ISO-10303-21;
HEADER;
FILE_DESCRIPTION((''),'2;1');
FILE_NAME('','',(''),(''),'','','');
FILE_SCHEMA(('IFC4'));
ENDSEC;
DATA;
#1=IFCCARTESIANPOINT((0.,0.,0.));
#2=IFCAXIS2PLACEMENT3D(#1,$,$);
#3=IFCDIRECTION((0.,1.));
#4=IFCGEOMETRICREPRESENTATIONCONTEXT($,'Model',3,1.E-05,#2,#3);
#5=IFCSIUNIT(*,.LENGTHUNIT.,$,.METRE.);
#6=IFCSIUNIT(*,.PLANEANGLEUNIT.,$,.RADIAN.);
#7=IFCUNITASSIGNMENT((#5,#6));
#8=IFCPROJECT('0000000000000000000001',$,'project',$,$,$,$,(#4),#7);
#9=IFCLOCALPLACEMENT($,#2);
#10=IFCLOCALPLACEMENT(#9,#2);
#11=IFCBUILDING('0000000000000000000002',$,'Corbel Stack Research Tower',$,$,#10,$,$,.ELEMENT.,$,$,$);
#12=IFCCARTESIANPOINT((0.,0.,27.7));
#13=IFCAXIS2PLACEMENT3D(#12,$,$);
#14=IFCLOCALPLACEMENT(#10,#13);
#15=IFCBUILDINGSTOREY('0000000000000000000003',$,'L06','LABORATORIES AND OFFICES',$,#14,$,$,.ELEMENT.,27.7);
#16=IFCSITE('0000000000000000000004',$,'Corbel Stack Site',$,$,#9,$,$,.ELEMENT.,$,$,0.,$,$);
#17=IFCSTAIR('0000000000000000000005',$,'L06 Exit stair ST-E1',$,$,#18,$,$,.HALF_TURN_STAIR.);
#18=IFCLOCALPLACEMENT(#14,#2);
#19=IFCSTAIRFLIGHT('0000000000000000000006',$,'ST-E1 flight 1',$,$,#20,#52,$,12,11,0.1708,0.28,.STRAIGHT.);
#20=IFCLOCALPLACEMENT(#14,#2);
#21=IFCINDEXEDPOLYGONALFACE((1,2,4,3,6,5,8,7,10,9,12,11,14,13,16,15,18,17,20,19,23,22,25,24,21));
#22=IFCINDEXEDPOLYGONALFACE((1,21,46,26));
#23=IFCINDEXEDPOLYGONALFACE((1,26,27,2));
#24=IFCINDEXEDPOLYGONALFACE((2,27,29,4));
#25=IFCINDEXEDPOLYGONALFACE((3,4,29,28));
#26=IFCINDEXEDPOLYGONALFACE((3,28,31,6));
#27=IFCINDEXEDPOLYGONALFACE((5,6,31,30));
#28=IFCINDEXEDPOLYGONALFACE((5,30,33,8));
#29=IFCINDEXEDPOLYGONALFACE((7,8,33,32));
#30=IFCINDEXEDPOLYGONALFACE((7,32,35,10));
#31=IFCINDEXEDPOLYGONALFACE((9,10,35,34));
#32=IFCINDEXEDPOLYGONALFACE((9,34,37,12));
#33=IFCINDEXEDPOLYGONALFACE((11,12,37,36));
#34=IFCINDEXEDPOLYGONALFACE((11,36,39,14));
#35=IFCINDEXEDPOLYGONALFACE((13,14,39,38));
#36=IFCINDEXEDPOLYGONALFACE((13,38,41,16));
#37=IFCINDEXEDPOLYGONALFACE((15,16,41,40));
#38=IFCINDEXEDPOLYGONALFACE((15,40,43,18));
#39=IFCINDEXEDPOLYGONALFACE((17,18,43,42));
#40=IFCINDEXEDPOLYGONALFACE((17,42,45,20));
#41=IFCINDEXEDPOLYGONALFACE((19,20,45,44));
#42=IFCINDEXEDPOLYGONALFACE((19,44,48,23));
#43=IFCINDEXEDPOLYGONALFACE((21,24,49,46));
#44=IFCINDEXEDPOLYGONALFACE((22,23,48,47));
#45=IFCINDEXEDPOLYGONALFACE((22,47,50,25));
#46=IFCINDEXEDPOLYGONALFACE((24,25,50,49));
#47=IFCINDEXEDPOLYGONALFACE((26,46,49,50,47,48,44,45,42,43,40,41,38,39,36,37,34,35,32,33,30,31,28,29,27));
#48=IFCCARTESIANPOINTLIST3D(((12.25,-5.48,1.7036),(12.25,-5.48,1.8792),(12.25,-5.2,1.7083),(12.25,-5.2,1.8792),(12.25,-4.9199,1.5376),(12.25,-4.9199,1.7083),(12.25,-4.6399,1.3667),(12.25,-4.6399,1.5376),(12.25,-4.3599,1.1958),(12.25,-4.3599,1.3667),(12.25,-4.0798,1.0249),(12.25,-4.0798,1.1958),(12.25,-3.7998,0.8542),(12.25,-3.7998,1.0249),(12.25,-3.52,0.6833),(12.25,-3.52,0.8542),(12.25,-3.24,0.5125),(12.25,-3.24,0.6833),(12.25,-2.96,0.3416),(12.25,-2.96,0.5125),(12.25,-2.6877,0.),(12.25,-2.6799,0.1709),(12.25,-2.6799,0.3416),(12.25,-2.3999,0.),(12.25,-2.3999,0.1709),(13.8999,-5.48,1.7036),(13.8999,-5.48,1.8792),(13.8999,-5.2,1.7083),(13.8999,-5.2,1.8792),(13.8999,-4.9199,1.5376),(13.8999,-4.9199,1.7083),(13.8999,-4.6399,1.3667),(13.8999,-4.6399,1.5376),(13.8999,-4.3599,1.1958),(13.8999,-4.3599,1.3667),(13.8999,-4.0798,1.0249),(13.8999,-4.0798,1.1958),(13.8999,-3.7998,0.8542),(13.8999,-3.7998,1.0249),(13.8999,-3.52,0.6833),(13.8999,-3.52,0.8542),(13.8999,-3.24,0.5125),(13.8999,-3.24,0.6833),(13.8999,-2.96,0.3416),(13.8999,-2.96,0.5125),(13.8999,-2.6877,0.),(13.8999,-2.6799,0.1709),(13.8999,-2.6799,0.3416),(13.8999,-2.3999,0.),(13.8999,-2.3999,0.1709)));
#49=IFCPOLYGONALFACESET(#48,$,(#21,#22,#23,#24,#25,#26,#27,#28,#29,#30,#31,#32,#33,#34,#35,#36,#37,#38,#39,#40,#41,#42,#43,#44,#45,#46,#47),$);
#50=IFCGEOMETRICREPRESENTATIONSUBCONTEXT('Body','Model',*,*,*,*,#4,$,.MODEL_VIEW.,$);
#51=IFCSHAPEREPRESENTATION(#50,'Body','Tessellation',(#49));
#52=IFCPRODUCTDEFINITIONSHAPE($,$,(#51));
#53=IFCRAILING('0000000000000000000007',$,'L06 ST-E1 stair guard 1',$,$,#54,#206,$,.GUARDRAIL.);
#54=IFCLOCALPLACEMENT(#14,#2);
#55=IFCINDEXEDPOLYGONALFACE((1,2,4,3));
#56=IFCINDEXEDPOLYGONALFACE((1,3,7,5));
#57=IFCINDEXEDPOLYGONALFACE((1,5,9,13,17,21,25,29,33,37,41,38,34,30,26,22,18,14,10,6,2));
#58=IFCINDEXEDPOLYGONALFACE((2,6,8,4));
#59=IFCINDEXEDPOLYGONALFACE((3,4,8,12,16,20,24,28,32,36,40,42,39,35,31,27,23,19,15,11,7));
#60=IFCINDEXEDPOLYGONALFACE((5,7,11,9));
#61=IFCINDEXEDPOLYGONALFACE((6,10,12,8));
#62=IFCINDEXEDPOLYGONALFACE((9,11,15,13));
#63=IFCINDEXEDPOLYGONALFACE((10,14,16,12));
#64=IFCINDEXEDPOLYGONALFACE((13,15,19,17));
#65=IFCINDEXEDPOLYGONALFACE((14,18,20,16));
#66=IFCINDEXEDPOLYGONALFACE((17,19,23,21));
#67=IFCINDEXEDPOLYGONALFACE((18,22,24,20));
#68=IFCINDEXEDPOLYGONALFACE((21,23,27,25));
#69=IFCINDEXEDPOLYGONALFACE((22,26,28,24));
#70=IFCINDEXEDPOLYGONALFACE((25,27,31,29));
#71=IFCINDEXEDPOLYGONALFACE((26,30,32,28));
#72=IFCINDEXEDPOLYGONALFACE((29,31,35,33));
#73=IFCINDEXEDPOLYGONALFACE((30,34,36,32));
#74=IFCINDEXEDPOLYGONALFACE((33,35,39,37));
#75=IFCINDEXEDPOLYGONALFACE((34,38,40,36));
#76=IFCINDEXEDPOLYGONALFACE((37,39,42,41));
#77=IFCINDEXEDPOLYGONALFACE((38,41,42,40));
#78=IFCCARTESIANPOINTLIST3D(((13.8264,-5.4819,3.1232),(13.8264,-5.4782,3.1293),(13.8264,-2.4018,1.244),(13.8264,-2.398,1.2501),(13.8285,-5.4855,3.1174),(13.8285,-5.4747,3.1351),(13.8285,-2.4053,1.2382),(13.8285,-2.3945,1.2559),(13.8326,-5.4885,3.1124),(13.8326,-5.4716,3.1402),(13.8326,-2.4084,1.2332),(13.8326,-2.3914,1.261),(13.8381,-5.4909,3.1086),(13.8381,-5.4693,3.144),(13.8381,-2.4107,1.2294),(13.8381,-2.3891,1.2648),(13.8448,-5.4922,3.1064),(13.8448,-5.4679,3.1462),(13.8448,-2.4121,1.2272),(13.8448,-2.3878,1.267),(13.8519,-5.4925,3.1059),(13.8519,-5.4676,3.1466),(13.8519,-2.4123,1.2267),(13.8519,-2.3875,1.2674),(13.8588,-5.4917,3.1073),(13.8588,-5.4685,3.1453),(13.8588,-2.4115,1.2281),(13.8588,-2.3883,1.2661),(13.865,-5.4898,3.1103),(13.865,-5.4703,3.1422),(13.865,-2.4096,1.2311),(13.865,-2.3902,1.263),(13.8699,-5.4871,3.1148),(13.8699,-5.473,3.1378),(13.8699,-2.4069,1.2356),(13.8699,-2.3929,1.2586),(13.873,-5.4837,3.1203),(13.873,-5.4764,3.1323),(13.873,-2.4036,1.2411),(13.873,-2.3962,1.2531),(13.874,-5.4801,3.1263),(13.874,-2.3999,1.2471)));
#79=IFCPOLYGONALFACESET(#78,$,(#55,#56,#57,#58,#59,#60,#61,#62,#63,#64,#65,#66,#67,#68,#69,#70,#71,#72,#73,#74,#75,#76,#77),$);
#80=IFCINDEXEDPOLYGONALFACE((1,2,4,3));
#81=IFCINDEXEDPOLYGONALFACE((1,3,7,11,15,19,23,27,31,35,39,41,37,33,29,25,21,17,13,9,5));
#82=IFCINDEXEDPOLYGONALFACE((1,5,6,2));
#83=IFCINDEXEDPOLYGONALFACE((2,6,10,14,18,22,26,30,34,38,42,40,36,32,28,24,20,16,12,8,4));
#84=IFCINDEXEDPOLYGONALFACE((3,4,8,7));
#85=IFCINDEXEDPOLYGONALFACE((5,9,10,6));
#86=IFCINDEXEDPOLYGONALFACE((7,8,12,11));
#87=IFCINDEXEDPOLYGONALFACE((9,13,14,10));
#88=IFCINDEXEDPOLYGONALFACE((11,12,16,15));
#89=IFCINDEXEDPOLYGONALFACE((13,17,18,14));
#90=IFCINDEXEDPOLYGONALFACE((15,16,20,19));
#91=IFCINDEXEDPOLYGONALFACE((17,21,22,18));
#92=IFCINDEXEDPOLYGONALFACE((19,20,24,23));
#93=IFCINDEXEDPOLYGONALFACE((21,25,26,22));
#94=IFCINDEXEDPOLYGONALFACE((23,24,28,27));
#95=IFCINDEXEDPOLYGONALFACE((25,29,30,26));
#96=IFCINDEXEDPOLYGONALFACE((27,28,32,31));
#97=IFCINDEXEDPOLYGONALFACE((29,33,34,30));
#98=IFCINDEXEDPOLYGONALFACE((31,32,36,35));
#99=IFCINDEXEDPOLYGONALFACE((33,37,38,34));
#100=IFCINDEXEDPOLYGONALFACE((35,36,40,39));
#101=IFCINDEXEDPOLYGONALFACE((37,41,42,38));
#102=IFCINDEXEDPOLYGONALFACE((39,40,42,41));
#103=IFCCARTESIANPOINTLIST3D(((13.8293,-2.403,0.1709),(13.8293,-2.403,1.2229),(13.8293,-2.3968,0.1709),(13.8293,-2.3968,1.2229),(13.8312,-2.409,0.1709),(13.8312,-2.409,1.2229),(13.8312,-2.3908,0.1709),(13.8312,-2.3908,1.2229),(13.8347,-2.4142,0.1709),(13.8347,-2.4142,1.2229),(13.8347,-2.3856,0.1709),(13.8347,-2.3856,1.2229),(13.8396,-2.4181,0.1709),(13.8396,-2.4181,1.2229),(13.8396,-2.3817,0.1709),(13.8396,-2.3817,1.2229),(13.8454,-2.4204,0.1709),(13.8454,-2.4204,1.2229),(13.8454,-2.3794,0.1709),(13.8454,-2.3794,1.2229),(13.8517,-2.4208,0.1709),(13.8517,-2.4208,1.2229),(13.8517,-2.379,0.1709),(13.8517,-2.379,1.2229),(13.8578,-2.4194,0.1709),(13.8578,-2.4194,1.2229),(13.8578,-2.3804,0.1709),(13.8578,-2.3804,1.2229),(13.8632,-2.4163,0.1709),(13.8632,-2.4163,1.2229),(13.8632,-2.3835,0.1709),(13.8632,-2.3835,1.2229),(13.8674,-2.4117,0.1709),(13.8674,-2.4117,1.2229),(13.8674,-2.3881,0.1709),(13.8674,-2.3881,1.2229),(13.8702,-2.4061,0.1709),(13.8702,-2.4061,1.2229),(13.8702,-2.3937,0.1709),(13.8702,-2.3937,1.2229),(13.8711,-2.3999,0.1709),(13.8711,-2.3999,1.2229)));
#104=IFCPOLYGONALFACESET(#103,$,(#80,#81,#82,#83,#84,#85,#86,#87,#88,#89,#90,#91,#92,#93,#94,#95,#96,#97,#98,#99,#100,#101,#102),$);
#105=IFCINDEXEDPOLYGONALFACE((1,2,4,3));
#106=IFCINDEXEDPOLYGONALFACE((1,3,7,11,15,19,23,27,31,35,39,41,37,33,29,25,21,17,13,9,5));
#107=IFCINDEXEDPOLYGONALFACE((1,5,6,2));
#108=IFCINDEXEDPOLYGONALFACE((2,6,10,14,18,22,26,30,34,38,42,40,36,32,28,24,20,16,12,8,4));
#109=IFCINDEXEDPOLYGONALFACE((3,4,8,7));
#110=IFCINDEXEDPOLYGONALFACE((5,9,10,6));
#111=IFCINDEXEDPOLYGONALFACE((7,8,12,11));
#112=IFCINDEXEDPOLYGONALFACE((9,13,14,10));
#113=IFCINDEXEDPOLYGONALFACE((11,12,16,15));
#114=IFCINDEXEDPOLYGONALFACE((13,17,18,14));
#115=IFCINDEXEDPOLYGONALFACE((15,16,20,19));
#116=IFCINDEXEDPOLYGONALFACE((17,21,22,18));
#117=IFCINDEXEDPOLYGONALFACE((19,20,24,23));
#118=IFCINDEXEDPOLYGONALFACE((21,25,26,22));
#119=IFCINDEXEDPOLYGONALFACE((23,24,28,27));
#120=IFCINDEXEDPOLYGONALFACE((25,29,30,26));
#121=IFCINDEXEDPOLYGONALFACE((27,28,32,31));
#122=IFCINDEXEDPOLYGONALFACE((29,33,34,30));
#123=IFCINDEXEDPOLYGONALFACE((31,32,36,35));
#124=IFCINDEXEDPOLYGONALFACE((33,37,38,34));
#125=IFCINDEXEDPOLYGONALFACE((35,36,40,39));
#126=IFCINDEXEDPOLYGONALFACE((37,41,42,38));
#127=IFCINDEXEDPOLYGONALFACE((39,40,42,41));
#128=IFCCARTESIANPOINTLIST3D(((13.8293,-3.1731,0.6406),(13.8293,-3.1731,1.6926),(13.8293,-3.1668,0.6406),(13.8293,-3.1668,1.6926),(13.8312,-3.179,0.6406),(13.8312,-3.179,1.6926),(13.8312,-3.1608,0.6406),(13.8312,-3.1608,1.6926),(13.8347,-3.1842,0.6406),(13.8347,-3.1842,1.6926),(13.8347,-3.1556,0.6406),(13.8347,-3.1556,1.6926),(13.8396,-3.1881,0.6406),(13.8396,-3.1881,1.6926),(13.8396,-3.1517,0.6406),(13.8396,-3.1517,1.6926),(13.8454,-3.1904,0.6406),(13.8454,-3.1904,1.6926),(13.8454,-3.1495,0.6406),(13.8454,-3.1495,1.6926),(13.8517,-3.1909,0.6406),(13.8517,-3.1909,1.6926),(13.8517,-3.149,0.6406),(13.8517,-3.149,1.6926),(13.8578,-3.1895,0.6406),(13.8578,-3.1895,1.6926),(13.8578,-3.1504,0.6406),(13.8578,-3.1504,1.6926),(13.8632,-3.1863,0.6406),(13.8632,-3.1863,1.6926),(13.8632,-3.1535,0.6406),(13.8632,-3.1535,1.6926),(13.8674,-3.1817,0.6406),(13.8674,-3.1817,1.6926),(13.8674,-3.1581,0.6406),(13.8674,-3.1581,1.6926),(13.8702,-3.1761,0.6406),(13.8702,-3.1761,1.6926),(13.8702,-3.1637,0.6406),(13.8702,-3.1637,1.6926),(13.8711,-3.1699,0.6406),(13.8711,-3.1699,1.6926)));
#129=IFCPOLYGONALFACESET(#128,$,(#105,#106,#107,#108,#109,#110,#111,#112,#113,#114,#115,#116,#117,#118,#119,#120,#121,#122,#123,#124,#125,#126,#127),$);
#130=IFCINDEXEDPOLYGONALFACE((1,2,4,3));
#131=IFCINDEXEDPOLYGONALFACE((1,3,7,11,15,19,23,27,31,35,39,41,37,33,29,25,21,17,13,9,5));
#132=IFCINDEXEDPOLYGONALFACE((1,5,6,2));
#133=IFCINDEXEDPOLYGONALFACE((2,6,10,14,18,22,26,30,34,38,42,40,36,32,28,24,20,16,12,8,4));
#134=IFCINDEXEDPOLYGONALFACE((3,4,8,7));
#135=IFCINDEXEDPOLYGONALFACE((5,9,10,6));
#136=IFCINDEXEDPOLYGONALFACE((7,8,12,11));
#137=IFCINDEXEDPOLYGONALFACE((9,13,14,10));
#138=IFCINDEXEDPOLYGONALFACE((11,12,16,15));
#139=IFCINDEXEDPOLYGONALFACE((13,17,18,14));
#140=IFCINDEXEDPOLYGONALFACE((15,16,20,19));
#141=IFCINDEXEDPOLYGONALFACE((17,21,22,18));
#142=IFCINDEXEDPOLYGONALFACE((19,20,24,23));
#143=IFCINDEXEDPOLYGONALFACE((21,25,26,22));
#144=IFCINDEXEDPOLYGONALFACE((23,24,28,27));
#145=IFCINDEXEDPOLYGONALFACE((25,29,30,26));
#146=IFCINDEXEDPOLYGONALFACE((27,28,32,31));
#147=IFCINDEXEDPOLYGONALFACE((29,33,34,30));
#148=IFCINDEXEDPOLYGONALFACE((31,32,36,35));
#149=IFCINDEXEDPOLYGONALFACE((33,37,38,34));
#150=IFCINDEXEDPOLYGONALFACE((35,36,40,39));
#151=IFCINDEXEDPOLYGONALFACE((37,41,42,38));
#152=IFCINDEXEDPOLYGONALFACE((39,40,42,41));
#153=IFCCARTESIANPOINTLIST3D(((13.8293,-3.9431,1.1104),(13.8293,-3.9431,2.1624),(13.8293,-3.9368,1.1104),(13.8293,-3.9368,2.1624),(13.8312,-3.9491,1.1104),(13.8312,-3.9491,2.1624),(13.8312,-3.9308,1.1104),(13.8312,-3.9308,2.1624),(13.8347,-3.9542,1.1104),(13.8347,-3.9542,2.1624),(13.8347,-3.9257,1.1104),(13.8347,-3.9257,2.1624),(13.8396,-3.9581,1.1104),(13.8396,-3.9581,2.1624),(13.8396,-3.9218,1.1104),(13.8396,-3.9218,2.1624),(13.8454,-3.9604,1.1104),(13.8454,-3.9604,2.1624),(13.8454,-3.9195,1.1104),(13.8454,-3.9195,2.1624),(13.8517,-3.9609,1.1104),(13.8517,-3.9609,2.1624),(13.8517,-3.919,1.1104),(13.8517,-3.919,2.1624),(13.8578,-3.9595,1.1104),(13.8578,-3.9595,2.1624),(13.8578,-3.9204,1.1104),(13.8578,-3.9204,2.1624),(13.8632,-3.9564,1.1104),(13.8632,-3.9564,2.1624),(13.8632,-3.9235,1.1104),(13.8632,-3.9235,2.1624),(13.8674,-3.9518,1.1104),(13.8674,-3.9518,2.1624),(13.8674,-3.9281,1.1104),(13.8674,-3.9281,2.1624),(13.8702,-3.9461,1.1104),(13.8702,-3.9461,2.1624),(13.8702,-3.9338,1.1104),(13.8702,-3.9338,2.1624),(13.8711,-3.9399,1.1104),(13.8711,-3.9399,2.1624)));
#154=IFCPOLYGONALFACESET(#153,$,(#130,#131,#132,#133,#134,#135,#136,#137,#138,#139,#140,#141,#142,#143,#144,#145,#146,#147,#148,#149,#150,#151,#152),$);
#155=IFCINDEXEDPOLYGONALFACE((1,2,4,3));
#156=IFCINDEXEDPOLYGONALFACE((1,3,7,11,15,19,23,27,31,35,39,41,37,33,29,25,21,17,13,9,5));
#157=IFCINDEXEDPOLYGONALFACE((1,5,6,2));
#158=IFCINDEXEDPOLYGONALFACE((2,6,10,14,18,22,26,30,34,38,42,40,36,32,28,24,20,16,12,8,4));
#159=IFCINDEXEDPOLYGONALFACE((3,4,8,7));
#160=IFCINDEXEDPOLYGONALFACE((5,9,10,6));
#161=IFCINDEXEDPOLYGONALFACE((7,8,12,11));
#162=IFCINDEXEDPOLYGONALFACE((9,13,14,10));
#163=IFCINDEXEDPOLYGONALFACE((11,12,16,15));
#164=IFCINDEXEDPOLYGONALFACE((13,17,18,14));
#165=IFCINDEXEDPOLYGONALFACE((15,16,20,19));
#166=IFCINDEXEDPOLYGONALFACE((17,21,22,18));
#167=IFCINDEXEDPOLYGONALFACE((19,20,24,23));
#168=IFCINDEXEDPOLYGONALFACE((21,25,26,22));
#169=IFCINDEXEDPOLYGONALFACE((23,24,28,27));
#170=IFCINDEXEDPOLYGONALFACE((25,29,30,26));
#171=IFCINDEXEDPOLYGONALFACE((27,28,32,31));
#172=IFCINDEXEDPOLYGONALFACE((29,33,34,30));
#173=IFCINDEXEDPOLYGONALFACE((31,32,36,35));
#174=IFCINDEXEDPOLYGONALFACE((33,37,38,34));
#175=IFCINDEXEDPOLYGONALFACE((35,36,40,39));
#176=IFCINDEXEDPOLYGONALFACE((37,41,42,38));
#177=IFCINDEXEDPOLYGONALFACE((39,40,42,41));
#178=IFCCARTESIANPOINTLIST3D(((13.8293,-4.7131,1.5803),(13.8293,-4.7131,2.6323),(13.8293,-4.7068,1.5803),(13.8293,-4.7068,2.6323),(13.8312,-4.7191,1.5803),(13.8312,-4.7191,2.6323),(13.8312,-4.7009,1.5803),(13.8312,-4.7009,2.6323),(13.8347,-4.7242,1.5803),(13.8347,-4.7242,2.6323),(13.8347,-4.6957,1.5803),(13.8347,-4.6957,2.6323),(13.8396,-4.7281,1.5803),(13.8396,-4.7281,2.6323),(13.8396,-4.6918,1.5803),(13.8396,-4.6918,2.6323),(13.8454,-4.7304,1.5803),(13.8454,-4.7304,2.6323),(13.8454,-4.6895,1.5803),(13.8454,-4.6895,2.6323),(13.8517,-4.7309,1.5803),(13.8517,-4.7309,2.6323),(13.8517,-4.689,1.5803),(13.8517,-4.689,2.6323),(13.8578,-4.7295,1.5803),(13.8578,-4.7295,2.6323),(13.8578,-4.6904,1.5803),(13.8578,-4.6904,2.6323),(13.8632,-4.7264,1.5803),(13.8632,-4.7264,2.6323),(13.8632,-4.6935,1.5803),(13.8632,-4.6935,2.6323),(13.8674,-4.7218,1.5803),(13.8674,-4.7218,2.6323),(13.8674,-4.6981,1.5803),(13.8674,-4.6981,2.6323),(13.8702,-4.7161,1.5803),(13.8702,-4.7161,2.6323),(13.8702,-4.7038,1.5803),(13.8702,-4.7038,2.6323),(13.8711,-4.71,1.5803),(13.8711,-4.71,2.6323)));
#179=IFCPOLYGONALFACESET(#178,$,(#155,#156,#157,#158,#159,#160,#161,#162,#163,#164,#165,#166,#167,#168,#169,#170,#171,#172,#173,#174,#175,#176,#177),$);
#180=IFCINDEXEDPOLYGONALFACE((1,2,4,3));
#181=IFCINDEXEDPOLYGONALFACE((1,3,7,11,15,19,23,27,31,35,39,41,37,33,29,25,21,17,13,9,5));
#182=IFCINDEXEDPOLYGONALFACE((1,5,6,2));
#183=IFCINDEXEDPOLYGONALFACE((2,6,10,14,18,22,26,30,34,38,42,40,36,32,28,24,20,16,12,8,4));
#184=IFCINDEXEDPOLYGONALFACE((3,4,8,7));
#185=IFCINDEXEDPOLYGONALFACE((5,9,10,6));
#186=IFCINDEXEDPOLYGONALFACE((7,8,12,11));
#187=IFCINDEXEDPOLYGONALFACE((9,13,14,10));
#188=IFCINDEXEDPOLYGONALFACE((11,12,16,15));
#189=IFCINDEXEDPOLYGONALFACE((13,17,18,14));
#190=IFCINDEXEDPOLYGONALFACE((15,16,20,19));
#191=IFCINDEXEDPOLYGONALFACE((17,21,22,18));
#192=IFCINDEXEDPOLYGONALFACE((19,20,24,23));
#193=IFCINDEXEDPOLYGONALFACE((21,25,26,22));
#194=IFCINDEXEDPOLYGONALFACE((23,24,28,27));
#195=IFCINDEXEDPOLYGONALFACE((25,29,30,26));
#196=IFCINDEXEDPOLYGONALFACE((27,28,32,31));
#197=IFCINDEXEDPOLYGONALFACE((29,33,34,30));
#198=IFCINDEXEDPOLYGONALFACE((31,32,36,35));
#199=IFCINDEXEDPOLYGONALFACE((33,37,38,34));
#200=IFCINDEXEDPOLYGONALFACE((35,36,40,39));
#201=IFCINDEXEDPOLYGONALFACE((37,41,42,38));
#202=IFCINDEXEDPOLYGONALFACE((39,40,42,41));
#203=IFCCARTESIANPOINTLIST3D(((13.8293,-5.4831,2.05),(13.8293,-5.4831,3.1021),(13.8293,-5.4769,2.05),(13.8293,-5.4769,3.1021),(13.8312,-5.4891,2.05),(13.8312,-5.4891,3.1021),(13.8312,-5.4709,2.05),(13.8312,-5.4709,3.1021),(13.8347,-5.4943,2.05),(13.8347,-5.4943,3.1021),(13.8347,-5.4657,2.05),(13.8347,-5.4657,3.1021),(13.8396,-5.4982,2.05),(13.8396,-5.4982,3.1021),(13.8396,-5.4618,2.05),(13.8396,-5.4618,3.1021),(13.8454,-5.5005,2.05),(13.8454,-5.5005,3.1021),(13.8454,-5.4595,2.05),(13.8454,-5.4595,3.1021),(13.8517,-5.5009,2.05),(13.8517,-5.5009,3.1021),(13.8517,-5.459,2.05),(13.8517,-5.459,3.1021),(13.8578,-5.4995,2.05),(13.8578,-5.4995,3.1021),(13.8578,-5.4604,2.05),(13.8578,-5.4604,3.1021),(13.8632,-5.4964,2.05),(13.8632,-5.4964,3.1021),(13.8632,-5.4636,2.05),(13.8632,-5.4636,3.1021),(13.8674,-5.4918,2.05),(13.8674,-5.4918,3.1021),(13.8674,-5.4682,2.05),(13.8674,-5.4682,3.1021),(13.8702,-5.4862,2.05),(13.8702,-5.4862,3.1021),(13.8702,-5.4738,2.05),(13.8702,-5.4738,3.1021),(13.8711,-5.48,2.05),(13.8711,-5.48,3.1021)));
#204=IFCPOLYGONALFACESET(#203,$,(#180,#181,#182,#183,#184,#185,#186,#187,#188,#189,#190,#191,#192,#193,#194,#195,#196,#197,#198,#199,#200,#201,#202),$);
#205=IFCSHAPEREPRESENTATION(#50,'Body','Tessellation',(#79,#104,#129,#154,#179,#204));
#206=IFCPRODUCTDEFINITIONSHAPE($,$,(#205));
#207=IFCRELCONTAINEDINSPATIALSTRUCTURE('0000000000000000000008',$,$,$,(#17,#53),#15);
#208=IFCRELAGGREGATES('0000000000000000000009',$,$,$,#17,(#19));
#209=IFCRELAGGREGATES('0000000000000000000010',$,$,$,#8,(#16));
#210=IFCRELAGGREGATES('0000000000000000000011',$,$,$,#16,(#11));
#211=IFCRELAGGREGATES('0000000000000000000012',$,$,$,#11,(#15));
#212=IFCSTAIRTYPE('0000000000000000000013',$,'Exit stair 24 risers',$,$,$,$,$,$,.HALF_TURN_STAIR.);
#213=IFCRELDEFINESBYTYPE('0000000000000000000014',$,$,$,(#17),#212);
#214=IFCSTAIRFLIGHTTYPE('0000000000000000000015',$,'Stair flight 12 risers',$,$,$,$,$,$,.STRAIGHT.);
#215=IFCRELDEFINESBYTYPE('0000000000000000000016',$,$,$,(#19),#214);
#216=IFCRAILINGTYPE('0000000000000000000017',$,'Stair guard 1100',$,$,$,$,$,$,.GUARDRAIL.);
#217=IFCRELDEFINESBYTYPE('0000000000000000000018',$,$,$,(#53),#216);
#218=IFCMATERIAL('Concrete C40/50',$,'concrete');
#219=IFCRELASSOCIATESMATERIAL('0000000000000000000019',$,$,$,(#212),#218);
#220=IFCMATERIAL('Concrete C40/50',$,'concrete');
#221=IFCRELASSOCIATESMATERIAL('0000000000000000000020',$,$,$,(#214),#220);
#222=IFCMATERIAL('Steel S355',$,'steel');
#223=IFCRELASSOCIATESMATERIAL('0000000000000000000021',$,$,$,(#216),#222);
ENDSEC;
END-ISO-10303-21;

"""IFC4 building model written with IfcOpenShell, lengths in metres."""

from ifc_helpers import new_model, si_unit, direction, frame, origin, origin_2d, place, context, subcontext, project, spatial, polyline, circle, outline, extrude, material, type_object, element, aggregate, save


model = new_model("IFC4")

# Units and contexts
model_context = context("Model", 3, precision=1e-05, world=origin(), true_north=direction((0.0, 1.0)))
body_context = subcontext(model_context, "Body", "Model", "MODEL_VIEW")
ifc_project = project(units=[si_unit("LENGTHUNIT", "METRE"), si_unit("PLANEANGLEUNIT", "RADIAN")], contexts=[model_context])

# Site, building, storey
site_placement = place(None, origin())
site = spatial("IfcSite", under=ifc_project, at=site_placement, Name="Corbel Stack Site", CompositionType="ELEMENT", RefElevation=0.0)
building_placement = place(site_placement, origin())
building = spatial("IfcBuilding", under=site, at=building_placement, Name="Corbel Stack Research Tower", CompositionType="ELEMENT")
storey_placement = place(building_placement, frame((0.0, 0.0, 27.7)))
storey = spatial("IfcBuildingStorey", under=building, at=storey_placement, Name="L06", Description="LABORATORIES AND OFFICES", CompositionType="ELEMENT", Elevation=27.7)

# Stair
ifc_material_1 = material(Name="Concrete C40/50", Category="concrete")
stair_type = type_object("IfcStairType", Name="Exit stair 24 risers", PredefinedType="HALF_TURN_STAIR", material=ifc_material_1)
stair_1_placement = place(storey_placement, origin())
stair_1 = element("IfcStair", 1, at=stair_1_placement, inside=storey, type_object=stair_type, Name="L06 Exit stair ST-E1", PredefinedType="HALF_TURN_STAIR")

# Stair flight
ifc_material_2 = material(Name="Concrete C40/50", Category="concrete")
stair_flight_type = type_object("IfcStairFlightType", Name="Stair flight 12 risers", PredefinedType="STRAIGHT", material=ifc_material_2)
stair_flight_placement = place(storey_placement, frame((13.075, -2.3999, 0.0), z_axis=(0.0, 0.0, 1.0), x_axis=(0.0, -1.0, 0.0)))
stair_flight = element("IfcStairFlight", 2, at=stair_flight_placement, type_object=stair_flight_type, Name="ST-E1 flight 1", NumberOfRisers=12, NumberOfTreads=11, PredefinedType="STRAIGHT", RiserHeight=0.1708, TreadLength=0.28, context=body_context, shape_type="SweptSolid", body=[
    extrude(outline(polyline([(0.0, 0.0), (0.0, 0.1709), (0.28, 0.1709), (0.28, 0.3416), (0.5601, 0.3416), (0.5601, 0.5125), (0.8401, 0.5125), (0.8401, 0.6833), (1.1201, 0.6833), (1.1201, 0.8542), (1.3999, 0.8542), (1.3999, 1.0249), (1.6799, 1.0249), (1.6799, 1.1958), (1.96, 1.1958), (1.96, 1.3667), (2.24, 1.3667), (2.24, 1.5376), (2.52, 1.5376), (2.52, 1.7083), (2.8, 1.7083), (2.8, 1.8792), (3.0801, 1.8792), (3.0801, 2.05), (3.0801, 1.7036), (0.2878, 0.0), (0.0, 0.0)])), frame((0.0, 0.825, 0.0), z_axis=(0.0, -1.0, 0.0), x_axis=(1.0, 0.0, 0.0)), (0.0, 0.0, 1.0), 1.6499),
])
aggregate(stair_1, [stair_flight])

# Railing
ifc_material_3 = material(Name="Steel S355", Category="steel")
railing_type_1 = type_object("IfcRailingType", Name="Stair guard 1100", PredefinedType="GUARDRAIL", material=ifc_material_3)
railing_1_placement = place(storey_placement, frame((13.8501, -2.3999, 0.1709)))
element("IfcRailing", 3, at=railing_1_placement, inside=storey, type_object=railing_type_1, Name="L06 ST-E1 stair guard 1", PredefinedType="GUARDRAIL", context=body_context, shape_type="SweptSolid", body=[
    extrude(circle(Radius=0.0239, at=origin_2d()), frame((0.0, 0.0, 1.0762), z_axis=(0.0, -0.853666, 0.52082), x_axis=(1.0, 0.0, 0.0)), (0.0, 0.0, 1.0), 3.6082),
    extrude(circle(Radius=0.021, at=origin_2d()), origin(), (0.0, 0.0, 1.0), 1.052),
    extrude(circle(Radius=0.021, at=origin_2d()), frame((0.0, -0.77, 0.4697)), (0.0, 0.0, 1.0), 1.052),
    extrude(circle(Radius=0.021, at=origin_2d()), frame((0.0, -1.54, 0.9395)), (0.0, 0.0, 1.0), 1.052),
    extrude(circle(Radius=0.021, at=origin_2d()), frame((0.0, -2.3101, 1.4094)), (0.0, 0.0, 1.0), 1.052),
    extrude(circle(Radius=0.021, at=origin_2d()), frame((0.0, -3.0801, 1.8792)), (0.0, 0.0, 1.0), 1.052),
])

save(model, "model.ifc")
